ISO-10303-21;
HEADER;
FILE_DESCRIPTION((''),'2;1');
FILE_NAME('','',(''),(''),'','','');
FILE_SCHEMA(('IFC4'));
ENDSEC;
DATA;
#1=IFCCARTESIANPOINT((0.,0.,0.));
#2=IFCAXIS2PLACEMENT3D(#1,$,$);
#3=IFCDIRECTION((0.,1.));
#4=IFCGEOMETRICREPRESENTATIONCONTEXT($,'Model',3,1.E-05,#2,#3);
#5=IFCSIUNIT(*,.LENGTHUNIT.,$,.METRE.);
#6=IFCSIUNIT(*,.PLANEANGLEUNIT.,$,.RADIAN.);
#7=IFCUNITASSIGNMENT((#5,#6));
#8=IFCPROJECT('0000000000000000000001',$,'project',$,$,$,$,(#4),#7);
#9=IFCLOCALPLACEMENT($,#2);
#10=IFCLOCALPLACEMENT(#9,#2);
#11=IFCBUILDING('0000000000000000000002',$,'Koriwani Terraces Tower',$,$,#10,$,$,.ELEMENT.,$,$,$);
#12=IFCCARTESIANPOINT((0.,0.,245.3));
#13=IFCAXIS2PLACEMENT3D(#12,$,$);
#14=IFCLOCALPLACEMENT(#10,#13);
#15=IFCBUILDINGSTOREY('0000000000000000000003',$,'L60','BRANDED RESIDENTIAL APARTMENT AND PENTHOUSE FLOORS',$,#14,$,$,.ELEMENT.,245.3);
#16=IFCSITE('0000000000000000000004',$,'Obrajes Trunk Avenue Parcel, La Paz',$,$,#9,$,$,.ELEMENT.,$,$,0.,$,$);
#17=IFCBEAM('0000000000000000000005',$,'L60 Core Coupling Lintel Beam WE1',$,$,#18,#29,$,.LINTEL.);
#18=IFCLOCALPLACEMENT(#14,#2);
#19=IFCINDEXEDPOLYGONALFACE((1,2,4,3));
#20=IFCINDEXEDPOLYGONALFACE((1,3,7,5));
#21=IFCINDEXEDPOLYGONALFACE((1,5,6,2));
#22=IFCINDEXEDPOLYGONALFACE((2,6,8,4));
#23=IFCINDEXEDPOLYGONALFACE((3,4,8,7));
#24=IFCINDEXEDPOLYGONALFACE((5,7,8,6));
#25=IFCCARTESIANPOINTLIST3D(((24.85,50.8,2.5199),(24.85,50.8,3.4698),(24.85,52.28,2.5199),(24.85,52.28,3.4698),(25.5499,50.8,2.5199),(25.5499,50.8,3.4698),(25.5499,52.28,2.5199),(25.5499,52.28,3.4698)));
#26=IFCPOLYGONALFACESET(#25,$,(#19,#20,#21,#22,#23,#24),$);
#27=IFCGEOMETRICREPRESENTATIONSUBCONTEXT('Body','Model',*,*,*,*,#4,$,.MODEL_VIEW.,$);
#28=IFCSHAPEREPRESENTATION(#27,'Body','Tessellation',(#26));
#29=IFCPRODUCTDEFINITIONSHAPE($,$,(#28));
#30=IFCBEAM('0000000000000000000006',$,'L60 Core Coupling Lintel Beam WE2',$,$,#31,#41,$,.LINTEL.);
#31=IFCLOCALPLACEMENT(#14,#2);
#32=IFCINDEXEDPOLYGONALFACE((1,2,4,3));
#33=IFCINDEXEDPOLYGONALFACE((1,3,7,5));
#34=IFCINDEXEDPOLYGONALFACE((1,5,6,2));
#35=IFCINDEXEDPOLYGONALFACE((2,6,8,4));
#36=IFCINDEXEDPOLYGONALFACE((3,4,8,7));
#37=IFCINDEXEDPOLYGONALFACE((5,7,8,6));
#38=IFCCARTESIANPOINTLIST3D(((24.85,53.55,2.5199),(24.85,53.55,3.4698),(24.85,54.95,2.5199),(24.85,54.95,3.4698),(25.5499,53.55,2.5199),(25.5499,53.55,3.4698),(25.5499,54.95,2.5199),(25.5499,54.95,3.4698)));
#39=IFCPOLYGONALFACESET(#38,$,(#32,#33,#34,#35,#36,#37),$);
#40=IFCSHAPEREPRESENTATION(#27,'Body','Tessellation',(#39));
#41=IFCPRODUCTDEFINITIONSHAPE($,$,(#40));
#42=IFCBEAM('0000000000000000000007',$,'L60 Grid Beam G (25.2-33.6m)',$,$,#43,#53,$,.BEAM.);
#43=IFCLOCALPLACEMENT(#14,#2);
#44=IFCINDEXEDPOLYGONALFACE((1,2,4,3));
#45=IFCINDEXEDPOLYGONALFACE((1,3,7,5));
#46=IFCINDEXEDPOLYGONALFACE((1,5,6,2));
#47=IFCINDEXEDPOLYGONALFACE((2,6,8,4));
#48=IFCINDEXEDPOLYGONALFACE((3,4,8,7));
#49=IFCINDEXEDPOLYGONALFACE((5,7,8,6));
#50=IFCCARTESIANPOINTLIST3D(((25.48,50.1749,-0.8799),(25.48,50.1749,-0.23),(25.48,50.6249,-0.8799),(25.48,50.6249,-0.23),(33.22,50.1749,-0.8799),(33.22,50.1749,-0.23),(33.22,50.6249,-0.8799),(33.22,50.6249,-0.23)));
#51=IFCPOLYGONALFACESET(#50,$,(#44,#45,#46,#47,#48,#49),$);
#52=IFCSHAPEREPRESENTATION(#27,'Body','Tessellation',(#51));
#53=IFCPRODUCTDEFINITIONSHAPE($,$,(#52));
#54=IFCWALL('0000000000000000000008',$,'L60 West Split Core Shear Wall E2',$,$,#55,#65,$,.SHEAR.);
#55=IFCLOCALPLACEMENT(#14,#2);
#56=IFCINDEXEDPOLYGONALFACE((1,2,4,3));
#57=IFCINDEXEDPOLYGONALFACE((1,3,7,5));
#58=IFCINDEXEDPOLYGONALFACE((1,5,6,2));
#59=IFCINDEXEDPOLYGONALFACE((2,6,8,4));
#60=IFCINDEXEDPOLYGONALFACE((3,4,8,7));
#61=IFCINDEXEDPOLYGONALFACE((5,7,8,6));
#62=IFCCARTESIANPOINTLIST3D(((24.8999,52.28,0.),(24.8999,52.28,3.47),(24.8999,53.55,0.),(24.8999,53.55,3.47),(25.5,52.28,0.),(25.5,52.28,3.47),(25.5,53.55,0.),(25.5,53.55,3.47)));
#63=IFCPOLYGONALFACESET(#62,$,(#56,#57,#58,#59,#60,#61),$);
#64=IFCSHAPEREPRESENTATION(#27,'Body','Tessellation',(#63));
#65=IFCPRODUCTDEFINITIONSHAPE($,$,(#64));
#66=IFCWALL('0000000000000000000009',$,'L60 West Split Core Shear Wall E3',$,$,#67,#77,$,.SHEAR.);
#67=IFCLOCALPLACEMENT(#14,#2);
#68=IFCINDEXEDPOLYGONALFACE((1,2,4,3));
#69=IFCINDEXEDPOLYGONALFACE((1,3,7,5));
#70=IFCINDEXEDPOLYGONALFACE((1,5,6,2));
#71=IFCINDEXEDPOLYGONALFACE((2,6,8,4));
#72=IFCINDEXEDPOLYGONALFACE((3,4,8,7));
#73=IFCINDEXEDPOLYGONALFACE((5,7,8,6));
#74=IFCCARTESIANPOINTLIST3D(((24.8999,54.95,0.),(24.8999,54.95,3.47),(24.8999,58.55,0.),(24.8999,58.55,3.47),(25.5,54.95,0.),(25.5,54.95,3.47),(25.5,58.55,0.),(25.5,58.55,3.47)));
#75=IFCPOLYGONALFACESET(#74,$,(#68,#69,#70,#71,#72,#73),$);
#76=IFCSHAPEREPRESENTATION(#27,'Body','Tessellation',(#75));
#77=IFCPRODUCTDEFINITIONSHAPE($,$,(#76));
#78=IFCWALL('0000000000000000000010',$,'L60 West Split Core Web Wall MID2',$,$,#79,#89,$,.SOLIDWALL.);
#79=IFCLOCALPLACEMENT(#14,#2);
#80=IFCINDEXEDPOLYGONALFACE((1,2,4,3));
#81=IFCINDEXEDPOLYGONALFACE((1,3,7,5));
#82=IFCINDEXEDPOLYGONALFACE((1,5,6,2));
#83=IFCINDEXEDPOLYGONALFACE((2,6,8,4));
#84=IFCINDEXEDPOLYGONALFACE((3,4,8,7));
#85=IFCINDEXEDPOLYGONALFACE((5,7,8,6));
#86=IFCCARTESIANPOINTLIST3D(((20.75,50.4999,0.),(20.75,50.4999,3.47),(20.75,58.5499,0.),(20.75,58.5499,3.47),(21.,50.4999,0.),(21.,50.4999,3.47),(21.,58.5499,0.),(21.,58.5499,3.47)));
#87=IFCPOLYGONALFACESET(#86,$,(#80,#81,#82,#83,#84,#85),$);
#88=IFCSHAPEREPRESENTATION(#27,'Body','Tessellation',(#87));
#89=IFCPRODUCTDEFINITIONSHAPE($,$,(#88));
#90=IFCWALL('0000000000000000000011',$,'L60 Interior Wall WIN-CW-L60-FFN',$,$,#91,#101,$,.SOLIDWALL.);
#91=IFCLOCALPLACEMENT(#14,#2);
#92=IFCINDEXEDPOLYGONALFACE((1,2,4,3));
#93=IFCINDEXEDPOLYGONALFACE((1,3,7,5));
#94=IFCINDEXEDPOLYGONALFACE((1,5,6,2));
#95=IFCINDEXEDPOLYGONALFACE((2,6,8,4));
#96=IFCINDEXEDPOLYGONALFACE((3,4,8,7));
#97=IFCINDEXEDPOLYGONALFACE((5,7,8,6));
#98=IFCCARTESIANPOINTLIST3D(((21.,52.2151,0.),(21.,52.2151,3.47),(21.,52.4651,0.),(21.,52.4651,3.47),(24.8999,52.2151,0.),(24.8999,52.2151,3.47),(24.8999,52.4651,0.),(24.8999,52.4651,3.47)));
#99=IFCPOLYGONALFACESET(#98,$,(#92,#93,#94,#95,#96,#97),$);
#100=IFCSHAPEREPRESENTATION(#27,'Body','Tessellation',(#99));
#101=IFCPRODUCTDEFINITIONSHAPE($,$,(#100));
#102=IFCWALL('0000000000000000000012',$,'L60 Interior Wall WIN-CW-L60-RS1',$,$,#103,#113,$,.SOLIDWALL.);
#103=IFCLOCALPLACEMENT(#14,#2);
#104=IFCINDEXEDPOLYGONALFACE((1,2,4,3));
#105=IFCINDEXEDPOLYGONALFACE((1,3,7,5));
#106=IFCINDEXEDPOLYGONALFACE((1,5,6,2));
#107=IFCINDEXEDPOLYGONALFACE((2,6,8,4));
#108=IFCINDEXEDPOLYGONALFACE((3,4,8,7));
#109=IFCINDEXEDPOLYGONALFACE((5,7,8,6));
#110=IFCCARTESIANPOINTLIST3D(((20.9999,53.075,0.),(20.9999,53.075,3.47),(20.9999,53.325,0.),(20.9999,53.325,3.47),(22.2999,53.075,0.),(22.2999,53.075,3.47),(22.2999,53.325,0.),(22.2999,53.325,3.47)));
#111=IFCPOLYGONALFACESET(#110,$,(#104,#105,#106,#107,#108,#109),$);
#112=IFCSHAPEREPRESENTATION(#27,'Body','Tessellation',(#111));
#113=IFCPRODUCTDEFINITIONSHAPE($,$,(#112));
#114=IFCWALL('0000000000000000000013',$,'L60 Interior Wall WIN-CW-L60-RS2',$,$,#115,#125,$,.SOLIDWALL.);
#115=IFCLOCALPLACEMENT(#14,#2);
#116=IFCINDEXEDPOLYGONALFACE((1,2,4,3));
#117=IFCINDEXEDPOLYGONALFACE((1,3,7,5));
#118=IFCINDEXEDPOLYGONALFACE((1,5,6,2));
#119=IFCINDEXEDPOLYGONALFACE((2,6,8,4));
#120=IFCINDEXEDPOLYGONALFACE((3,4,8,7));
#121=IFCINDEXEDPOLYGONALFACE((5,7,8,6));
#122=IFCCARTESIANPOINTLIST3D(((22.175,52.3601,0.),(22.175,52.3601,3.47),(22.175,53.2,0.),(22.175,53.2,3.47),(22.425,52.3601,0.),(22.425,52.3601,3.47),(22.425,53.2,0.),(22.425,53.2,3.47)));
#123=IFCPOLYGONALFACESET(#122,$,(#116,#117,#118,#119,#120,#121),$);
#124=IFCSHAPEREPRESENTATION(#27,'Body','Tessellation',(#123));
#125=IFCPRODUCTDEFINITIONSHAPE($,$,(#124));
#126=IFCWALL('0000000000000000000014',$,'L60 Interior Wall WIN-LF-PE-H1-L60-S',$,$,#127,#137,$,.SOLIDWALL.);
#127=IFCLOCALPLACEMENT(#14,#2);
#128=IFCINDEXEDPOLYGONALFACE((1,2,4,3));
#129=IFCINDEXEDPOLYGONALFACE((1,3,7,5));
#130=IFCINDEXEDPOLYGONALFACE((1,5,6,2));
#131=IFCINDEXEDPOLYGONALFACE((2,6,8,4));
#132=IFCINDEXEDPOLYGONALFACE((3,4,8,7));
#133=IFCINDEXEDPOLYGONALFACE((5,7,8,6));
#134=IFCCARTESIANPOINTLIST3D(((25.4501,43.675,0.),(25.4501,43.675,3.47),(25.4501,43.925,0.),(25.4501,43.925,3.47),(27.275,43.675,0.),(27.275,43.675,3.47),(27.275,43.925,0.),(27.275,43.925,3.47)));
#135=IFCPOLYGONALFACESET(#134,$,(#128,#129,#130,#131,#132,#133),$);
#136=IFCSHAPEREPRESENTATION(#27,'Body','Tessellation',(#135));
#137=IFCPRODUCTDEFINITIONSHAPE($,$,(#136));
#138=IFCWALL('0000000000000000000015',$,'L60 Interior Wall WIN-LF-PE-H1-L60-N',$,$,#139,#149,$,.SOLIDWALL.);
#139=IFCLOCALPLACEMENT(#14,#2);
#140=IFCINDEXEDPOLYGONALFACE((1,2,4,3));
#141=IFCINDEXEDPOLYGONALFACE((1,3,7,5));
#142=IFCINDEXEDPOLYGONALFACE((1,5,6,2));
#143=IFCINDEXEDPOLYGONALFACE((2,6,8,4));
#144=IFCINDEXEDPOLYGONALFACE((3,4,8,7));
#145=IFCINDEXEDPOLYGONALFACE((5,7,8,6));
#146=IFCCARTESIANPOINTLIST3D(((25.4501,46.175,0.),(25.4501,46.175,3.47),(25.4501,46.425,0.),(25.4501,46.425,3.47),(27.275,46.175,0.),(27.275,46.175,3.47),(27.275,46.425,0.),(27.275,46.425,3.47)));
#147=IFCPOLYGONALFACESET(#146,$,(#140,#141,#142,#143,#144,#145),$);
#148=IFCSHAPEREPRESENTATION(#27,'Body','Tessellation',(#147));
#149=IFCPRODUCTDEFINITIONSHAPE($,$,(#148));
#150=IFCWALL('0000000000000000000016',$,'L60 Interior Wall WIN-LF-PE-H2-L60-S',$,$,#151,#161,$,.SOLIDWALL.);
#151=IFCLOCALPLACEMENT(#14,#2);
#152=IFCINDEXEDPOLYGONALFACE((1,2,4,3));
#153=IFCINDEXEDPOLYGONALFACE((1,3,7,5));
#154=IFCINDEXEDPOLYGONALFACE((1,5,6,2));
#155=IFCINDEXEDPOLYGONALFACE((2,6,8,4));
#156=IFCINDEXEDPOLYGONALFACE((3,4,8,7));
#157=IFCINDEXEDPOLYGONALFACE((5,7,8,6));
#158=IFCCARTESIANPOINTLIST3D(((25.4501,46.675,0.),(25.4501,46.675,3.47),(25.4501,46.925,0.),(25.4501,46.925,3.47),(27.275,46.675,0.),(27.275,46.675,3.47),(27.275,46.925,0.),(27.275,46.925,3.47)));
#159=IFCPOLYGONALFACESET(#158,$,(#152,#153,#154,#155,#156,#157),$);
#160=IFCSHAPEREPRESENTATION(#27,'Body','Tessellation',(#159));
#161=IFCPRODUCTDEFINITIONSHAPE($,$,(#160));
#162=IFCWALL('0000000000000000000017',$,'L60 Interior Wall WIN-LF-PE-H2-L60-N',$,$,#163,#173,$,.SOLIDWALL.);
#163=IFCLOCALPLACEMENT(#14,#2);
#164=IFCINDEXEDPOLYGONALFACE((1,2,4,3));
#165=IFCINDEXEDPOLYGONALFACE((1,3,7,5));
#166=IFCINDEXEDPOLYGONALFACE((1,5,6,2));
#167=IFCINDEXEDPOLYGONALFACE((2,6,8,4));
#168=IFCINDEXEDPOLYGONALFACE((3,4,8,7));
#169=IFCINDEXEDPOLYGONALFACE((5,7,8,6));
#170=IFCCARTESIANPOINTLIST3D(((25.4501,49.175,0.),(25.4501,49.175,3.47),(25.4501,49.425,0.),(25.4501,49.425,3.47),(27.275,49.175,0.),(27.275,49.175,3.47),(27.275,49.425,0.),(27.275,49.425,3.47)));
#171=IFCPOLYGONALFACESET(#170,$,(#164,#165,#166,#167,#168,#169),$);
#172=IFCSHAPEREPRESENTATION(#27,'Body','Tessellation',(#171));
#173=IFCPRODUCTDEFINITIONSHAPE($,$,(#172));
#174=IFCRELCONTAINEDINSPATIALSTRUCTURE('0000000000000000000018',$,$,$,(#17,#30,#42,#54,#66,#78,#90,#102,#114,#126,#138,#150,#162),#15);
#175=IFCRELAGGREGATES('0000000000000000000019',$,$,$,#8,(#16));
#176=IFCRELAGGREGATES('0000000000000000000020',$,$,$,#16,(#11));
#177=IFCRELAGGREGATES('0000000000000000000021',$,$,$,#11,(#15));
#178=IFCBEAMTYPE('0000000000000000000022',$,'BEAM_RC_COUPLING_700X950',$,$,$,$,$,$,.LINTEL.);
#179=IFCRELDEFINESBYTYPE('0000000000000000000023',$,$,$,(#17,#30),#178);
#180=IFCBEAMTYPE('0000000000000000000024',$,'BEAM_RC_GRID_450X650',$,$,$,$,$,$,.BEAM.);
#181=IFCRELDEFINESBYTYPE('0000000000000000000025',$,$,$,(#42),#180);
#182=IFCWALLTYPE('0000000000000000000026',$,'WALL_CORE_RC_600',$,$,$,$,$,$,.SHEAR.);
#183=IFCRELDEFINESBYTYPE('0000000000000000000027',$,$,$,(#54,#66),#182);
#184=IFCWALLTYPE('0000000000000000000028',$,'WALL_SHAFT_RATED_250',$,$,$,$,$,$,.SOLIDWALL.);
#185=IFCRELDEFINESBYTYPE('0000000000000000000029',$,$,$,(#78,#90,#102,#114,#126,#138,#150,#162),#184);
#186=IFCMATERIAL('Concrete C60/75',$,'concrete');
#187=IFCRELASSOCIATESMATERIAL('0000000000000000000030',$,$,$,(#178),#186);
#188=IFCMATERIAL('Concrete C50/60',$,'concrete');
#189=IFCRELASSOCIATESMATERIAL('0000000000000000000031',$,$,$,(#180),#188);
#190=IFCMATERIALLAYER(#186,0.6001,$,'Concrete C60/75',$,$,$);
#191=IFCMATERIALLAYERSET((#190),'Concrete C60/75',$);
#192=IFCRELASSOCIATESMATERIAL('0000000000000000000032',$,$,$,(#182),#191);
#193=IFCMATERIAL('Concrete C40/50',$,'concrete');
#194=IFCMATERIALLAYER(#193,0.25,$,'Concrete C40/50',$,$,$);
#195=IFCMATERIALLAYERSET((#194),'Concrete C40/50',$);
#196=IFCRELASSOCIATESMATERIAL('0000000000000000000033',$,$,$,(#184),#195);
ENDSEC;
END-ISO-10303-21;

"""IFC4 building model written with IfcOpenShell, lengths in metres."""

from ifc_helpers import new_model, si_unit, direction, frame, frame_2d, origin, origin_2d, place, context, subcontext, project, spatial, rectangle, extrude, material, layer, layer_set, material_profile, profile_set, type_object, element, save


model = new_model("IFC4")

# Units and contexts
model_context = context("Model", 3, precision=1e-05, world=origin(), true_north=direction((0.0, 1.0)))
body_context = subcontext(model_context, "Body", "Model", "MODEL_VIEW")
ifc_project = project(units=[si_unit("LENGTHUNIT", "METRE"), si_unit("PLANEANGLEUNIT", "RADIAN")], contexts=[model_context])

# Site, building, storey
site_placement = place(None, origin())
site = spatial("IfcSite", under=ifc_project, at=site_placement, Name="Obrajes Trunk Avenue Parcel, La Paz", CompositionType="ELEMENT", RefElevation=0.0)
building_placement = place(site_placement, origin())
building = spatial("IfcBuilding", under=site, at=building_placement, Name="Koriwani Terraces Tower", CompositionType="ELEMENT")
storey_placement = place(building_placement, frame((0.0, 0.0, 245.3)))
storey = spatial("IfcBuildingStorey", under=building, at=storey_placement, Name="L60", Description="BRANDED RESIDENTIAL APARTMENT AND PENTHOUSE FLOORS", CompositionType="ELEMENT", Elevation=245.3)

# Beams
ifc_material_1 = material(Name="Concrete C60/75", Category="concrete")
ifc_material_profile_1 = material_profile(ifc_material_1, rectangle(XDim=0.7, YDim=0.95, at=origin_2d()), Name="Concrete C60/75", Category="LoadBearing")
ifc_profile_set_1 = profile_set([ifc_material_profile_1], Name="Concrete C60/75")
beam_type_1 = type_object("IfcBeamType", Name="BEAM_RC_COUPLING_700X950", PredefinedType="LINTEL", material=ifc_profile_set_1)
beam_1_placement = place(storey_placement, frame((25.2, 50.8, 2.9949), z_axis=(0.0, 1.0, 0.0), x_axis=(-1.0, 0.0, 0.0)))
element("IfcBeam", 1, at=beam_1_placement, inside=storey, type_object=beam_type_1, Name="L60 Core Coupling Lintel Beam WE1", PredefinedType="LINTEL", context=body_context, shape_type="SweptSolid", body=[
    extrude(rectangle(XDim=0.7, YDim=0.95, at=origin_2d()), origin(), (0.0, 0.0, 1.0), 1.48),
])
beam_2_placement = place(storey_placement, frame((25.2, 53.55, 2.9949), z_axis=(0.0, 1.0, 0.0), x_axis=(-1.0, 0.0, 0.0)))
element("IfcBeam", 2, at=beam_2_placement, inside=storey, type_object=beam_type_1, Name="L60 Core Coupling Lintel Beam WE2", PredefinedType="LINTEL", context=body_context, shape_type="SweptSolid", body=[
    extrude(rectangle(XDim=0.7, YDim=0.95, at=origin_2d()), origin(), (0.0, 0.0, 1.0), 1.3999),
])
ifc_material_2 = material(Name="Concrete C50/60", Category="concrete")
ifc_material_profile_2 = material_profile(ifc_material_2, rectangle(XDim=0.45, YDim=0.6499, at=origin_2d()), Name="Concrete C50/60", Category="LoadBearing")
ifc_profile_set_2 = profile_set([ifc_material_profile_2], Name="Concrete C50/60")
beam_type_2 = type_object("IfcBeamType", Name="BEAM_RC_GRID_450X650", PredefinedType="BEAM", material=ifc_profile_set_2)
beam_3_placement = place(storey_placement, frame((25.48, 50.3999, -0.5549), z_axis=(1.0, 0.0, 0.0), x_axis=(0.0, 1.0, 0.0)))
element("IfcBeam", 3, at=beam_3_placement, inside=storey, type_object=beam_type_2, Name="L60 Grid Beam G (25.2-33.6m)", PredefinedType="BEAM", context=body_context, shape_type="SweptSolid", body=[
    extrude(rectangle(XDim=0.45, YDim=0.6499, at=origin_2d()), origin(), (0.0, 0.0, 1.0), 7.74),
])

# Walls
ifc_layer_1 = layer(ifc_material_1, 0.6001, Name="Concrete C60/75")
ifc_layer_set_1 = layer_set([ifc_layer_1], Name="Concrete C60/75")
wall_type_1 = type_object("IfcWallType", Name="WALL_CORE_RC_600", PredefinedType="SHEAR", material=ifc_layer_set_1)
wall_1_placement = place(storey_placement, frame((25.2, 52.28, 0.0), z_axis=(0.0, 0.0, 1.0), x_axis=(0.0, 1.0, 0.0)))
element("IfcWall", 4, at=wall_1_placement, inside=storey, type_object=wall_type_1, Name="L60 West Split Core Shear Wall E2", PredefinedType="SHEAR", context=body_context, shape_type="SweptSolid", body=[
    extrude(rectangle(XDim=1.27, YDim=0.6001, at=frame_2d((0.635, 0.0))), origin(), (0.0, 0.0, 1.0), 3.47),
])
wall_2_placement = place(storey_placement, frame((25.2, 54.95, 0.0), z_axis=(0.0, 0.0, 1.0), x_axis=(0.0, 1.0, 0.0)))
element("IfcWall", 5, at=wall_2_placement, inside=storey, type_object=wall_type_1, Name="L60 West Split Core Shear Wall E3", PredefinedType="SHEAR", context=body_context, shape_type="SweptSolid", body=[
    extrude(rectangle(XDim=3.6001, YDim=0.6001, at=frame_2d((1.8, 0.0))), origin(), (0.0, 0.0, 1.0), 3.47),
])
ifc_material_3 = material(Name="Concrete C40/50", Category="concrete")
ifc_layer_2 = layer(ifc_material_3, 0.25, Name="Concrete C40/50")
ifc_layer_set_2 = layer_set([ifc_layer_2], Name="Concrete C40/50")
wall_type_2 = type_object("IfcWallType", Name="WALL_SHAFT_RATED_250", PredefinedType="SOLIDWALL", material=ifc_layer_set_2)
wall_3_placement = place(storey_placement, frame((20.875, 50.5, 0.0), z_axis=(0.0, 0.0, 1.0), x_axis=(0.0, 1.0, 0.0)))
element("IfcWall", 6, at=wall_3_placement, inside=storey, type_object=wall_type_2, Name="L60 West Split Core Web Wall MID2", PredefinedType="SOLIDWALL", context=body_context, shape_type="SweptSolid", body=[
    extrude(rectangle(XDim=8.05, YDim=0.25, at=frame_2d((4.0249, 0.0))), origin(), (0.0, 0.0, 1.0), 3.47),
])

# Wall
wall_4_placement = place(storey_placement, frame((21.0, 52.3401, 0.0), z_axis=(0.0, 0.0, 1.0), x_axis=(1.0, 0.0, 0.0)))
element("IfcWall", 7, at=wall_4_placement, inside=storey, type_object=wall_type_2, Name="L60 Interior Wall WIN-CW-L60-FFN", PredefinedType="SOLIDWALL", context=body_context, shape_type="SweptSolid", body=[
    extrude(rectangle(XDim=3.8999, YDim=0.25, at=frame_2d((1.95, 0.0))), origin(), (0.0, 0.0, 1.0), 3.47),
])

# Walls
wall_5_placement = place(storey_placement, frame((21.0, 53.2, 0.0), z_axis=(0.0, 0.0, 1.0), x_axis=(1.0, 0.0, 0.0)))
element("IfcWall", 8, at=wall_5_placement, inside=storey, type_object=wall_type_2, Name="L60 Interior Wall WIN-CW-L60-RS1", PredefinedType="SOLIDWALL", context=body_context, shape_type="SweptSolid", body=[
    extrude(rectangle(XDim=1.3, YDim=0.25, at=frame_2d((0.6499, 0.0))), origin(), (0.0, 0.0, 1.0), 3.47),
])
wall_6_placement = place(storey_placement, frame((22.3, 52.3601, 0.0), z_axis=(0.0, 0.0, 1.0), x_axis=(0.0, 1.0, 0.0)))
element("IfcWall", 9, at=wall_6_placement, inside=storey, type_object=wall_type_2, Name="L60 Interior Wall WIN-CW-L60-RS2", PredefinedType="SOLIDWALL", context=body_context, shape_type="SweptSolid", body=[
    extrude(rectangle(XDim=0.8398, YDim=0.25, at=frame_2d((0.4199, 0.0))), origin(), (0.0, 0.0, 1.0), 3.47),
])

# Walls
for number, where, z_axis, x_axis, name in (
    (10, (25.45, 43.8, 0.0), (0.0, 0.0, 1.0), (1.0, 0.0, 0.0), "L60 Interior Wall WIN-LF-PE-H1-L60-S"),
    (11, (25.45, 46.3, 0.0), (0.0, 0.0, 1.0), (1.0, 0.0, 0.0), "L60 Interior Wall WIN-LF-PE-H1-L60-N"),
):
    element("IfcWall", number, at=place(storey_placement, frame(where, z_axis=z_axis, x_axis=x_axis)), inside=storey, type_object=wall_type_2, Name=name, PredefinedType="SOLIDWALL", context=body_context, shape_type="SweptSolid", body=[
        extrude(rectangle(XDim=1.825, YDim=0.25, at=frame_2d((0.9126, 0.0))), origin(), (0.0, 0.0, 1.0), 3.47),
    ])

# Walls
for number, where, z_axis, x_axis, name in (
    (12, (25.45, 46.8, 0.0), (0.0, 0.0, 1.0), (1.0, 0.0, 0.0), "L60 Interior Wall WIN-LF-PE-H2-L60-S"),
    (13, (25.45, 49.3, 0.0), (0.0, 0.0, 1.0), (1.0, 0.0, 0.0), "L60 Interior Wall WIN-LF-PE-H2-L60-N"),
):
    element("IfcWall", number, at=place(storey_placement, frame(where, z_axis=z_axis, x_axis=x_axis)), inside=storey, type_object=wall_type_2, Name=name, PredefinedType="SOLIDWALL", context=body_context, shape_type="SweptSolid", body=[
        extrude(rectangle(XDim=1.825, YDim=0.25, at=frame_2d((0.9126, 0.0))), origin(), (0.0, 0.0, 1.0), 3.47),
    ])

save(model, "model.ifc")
